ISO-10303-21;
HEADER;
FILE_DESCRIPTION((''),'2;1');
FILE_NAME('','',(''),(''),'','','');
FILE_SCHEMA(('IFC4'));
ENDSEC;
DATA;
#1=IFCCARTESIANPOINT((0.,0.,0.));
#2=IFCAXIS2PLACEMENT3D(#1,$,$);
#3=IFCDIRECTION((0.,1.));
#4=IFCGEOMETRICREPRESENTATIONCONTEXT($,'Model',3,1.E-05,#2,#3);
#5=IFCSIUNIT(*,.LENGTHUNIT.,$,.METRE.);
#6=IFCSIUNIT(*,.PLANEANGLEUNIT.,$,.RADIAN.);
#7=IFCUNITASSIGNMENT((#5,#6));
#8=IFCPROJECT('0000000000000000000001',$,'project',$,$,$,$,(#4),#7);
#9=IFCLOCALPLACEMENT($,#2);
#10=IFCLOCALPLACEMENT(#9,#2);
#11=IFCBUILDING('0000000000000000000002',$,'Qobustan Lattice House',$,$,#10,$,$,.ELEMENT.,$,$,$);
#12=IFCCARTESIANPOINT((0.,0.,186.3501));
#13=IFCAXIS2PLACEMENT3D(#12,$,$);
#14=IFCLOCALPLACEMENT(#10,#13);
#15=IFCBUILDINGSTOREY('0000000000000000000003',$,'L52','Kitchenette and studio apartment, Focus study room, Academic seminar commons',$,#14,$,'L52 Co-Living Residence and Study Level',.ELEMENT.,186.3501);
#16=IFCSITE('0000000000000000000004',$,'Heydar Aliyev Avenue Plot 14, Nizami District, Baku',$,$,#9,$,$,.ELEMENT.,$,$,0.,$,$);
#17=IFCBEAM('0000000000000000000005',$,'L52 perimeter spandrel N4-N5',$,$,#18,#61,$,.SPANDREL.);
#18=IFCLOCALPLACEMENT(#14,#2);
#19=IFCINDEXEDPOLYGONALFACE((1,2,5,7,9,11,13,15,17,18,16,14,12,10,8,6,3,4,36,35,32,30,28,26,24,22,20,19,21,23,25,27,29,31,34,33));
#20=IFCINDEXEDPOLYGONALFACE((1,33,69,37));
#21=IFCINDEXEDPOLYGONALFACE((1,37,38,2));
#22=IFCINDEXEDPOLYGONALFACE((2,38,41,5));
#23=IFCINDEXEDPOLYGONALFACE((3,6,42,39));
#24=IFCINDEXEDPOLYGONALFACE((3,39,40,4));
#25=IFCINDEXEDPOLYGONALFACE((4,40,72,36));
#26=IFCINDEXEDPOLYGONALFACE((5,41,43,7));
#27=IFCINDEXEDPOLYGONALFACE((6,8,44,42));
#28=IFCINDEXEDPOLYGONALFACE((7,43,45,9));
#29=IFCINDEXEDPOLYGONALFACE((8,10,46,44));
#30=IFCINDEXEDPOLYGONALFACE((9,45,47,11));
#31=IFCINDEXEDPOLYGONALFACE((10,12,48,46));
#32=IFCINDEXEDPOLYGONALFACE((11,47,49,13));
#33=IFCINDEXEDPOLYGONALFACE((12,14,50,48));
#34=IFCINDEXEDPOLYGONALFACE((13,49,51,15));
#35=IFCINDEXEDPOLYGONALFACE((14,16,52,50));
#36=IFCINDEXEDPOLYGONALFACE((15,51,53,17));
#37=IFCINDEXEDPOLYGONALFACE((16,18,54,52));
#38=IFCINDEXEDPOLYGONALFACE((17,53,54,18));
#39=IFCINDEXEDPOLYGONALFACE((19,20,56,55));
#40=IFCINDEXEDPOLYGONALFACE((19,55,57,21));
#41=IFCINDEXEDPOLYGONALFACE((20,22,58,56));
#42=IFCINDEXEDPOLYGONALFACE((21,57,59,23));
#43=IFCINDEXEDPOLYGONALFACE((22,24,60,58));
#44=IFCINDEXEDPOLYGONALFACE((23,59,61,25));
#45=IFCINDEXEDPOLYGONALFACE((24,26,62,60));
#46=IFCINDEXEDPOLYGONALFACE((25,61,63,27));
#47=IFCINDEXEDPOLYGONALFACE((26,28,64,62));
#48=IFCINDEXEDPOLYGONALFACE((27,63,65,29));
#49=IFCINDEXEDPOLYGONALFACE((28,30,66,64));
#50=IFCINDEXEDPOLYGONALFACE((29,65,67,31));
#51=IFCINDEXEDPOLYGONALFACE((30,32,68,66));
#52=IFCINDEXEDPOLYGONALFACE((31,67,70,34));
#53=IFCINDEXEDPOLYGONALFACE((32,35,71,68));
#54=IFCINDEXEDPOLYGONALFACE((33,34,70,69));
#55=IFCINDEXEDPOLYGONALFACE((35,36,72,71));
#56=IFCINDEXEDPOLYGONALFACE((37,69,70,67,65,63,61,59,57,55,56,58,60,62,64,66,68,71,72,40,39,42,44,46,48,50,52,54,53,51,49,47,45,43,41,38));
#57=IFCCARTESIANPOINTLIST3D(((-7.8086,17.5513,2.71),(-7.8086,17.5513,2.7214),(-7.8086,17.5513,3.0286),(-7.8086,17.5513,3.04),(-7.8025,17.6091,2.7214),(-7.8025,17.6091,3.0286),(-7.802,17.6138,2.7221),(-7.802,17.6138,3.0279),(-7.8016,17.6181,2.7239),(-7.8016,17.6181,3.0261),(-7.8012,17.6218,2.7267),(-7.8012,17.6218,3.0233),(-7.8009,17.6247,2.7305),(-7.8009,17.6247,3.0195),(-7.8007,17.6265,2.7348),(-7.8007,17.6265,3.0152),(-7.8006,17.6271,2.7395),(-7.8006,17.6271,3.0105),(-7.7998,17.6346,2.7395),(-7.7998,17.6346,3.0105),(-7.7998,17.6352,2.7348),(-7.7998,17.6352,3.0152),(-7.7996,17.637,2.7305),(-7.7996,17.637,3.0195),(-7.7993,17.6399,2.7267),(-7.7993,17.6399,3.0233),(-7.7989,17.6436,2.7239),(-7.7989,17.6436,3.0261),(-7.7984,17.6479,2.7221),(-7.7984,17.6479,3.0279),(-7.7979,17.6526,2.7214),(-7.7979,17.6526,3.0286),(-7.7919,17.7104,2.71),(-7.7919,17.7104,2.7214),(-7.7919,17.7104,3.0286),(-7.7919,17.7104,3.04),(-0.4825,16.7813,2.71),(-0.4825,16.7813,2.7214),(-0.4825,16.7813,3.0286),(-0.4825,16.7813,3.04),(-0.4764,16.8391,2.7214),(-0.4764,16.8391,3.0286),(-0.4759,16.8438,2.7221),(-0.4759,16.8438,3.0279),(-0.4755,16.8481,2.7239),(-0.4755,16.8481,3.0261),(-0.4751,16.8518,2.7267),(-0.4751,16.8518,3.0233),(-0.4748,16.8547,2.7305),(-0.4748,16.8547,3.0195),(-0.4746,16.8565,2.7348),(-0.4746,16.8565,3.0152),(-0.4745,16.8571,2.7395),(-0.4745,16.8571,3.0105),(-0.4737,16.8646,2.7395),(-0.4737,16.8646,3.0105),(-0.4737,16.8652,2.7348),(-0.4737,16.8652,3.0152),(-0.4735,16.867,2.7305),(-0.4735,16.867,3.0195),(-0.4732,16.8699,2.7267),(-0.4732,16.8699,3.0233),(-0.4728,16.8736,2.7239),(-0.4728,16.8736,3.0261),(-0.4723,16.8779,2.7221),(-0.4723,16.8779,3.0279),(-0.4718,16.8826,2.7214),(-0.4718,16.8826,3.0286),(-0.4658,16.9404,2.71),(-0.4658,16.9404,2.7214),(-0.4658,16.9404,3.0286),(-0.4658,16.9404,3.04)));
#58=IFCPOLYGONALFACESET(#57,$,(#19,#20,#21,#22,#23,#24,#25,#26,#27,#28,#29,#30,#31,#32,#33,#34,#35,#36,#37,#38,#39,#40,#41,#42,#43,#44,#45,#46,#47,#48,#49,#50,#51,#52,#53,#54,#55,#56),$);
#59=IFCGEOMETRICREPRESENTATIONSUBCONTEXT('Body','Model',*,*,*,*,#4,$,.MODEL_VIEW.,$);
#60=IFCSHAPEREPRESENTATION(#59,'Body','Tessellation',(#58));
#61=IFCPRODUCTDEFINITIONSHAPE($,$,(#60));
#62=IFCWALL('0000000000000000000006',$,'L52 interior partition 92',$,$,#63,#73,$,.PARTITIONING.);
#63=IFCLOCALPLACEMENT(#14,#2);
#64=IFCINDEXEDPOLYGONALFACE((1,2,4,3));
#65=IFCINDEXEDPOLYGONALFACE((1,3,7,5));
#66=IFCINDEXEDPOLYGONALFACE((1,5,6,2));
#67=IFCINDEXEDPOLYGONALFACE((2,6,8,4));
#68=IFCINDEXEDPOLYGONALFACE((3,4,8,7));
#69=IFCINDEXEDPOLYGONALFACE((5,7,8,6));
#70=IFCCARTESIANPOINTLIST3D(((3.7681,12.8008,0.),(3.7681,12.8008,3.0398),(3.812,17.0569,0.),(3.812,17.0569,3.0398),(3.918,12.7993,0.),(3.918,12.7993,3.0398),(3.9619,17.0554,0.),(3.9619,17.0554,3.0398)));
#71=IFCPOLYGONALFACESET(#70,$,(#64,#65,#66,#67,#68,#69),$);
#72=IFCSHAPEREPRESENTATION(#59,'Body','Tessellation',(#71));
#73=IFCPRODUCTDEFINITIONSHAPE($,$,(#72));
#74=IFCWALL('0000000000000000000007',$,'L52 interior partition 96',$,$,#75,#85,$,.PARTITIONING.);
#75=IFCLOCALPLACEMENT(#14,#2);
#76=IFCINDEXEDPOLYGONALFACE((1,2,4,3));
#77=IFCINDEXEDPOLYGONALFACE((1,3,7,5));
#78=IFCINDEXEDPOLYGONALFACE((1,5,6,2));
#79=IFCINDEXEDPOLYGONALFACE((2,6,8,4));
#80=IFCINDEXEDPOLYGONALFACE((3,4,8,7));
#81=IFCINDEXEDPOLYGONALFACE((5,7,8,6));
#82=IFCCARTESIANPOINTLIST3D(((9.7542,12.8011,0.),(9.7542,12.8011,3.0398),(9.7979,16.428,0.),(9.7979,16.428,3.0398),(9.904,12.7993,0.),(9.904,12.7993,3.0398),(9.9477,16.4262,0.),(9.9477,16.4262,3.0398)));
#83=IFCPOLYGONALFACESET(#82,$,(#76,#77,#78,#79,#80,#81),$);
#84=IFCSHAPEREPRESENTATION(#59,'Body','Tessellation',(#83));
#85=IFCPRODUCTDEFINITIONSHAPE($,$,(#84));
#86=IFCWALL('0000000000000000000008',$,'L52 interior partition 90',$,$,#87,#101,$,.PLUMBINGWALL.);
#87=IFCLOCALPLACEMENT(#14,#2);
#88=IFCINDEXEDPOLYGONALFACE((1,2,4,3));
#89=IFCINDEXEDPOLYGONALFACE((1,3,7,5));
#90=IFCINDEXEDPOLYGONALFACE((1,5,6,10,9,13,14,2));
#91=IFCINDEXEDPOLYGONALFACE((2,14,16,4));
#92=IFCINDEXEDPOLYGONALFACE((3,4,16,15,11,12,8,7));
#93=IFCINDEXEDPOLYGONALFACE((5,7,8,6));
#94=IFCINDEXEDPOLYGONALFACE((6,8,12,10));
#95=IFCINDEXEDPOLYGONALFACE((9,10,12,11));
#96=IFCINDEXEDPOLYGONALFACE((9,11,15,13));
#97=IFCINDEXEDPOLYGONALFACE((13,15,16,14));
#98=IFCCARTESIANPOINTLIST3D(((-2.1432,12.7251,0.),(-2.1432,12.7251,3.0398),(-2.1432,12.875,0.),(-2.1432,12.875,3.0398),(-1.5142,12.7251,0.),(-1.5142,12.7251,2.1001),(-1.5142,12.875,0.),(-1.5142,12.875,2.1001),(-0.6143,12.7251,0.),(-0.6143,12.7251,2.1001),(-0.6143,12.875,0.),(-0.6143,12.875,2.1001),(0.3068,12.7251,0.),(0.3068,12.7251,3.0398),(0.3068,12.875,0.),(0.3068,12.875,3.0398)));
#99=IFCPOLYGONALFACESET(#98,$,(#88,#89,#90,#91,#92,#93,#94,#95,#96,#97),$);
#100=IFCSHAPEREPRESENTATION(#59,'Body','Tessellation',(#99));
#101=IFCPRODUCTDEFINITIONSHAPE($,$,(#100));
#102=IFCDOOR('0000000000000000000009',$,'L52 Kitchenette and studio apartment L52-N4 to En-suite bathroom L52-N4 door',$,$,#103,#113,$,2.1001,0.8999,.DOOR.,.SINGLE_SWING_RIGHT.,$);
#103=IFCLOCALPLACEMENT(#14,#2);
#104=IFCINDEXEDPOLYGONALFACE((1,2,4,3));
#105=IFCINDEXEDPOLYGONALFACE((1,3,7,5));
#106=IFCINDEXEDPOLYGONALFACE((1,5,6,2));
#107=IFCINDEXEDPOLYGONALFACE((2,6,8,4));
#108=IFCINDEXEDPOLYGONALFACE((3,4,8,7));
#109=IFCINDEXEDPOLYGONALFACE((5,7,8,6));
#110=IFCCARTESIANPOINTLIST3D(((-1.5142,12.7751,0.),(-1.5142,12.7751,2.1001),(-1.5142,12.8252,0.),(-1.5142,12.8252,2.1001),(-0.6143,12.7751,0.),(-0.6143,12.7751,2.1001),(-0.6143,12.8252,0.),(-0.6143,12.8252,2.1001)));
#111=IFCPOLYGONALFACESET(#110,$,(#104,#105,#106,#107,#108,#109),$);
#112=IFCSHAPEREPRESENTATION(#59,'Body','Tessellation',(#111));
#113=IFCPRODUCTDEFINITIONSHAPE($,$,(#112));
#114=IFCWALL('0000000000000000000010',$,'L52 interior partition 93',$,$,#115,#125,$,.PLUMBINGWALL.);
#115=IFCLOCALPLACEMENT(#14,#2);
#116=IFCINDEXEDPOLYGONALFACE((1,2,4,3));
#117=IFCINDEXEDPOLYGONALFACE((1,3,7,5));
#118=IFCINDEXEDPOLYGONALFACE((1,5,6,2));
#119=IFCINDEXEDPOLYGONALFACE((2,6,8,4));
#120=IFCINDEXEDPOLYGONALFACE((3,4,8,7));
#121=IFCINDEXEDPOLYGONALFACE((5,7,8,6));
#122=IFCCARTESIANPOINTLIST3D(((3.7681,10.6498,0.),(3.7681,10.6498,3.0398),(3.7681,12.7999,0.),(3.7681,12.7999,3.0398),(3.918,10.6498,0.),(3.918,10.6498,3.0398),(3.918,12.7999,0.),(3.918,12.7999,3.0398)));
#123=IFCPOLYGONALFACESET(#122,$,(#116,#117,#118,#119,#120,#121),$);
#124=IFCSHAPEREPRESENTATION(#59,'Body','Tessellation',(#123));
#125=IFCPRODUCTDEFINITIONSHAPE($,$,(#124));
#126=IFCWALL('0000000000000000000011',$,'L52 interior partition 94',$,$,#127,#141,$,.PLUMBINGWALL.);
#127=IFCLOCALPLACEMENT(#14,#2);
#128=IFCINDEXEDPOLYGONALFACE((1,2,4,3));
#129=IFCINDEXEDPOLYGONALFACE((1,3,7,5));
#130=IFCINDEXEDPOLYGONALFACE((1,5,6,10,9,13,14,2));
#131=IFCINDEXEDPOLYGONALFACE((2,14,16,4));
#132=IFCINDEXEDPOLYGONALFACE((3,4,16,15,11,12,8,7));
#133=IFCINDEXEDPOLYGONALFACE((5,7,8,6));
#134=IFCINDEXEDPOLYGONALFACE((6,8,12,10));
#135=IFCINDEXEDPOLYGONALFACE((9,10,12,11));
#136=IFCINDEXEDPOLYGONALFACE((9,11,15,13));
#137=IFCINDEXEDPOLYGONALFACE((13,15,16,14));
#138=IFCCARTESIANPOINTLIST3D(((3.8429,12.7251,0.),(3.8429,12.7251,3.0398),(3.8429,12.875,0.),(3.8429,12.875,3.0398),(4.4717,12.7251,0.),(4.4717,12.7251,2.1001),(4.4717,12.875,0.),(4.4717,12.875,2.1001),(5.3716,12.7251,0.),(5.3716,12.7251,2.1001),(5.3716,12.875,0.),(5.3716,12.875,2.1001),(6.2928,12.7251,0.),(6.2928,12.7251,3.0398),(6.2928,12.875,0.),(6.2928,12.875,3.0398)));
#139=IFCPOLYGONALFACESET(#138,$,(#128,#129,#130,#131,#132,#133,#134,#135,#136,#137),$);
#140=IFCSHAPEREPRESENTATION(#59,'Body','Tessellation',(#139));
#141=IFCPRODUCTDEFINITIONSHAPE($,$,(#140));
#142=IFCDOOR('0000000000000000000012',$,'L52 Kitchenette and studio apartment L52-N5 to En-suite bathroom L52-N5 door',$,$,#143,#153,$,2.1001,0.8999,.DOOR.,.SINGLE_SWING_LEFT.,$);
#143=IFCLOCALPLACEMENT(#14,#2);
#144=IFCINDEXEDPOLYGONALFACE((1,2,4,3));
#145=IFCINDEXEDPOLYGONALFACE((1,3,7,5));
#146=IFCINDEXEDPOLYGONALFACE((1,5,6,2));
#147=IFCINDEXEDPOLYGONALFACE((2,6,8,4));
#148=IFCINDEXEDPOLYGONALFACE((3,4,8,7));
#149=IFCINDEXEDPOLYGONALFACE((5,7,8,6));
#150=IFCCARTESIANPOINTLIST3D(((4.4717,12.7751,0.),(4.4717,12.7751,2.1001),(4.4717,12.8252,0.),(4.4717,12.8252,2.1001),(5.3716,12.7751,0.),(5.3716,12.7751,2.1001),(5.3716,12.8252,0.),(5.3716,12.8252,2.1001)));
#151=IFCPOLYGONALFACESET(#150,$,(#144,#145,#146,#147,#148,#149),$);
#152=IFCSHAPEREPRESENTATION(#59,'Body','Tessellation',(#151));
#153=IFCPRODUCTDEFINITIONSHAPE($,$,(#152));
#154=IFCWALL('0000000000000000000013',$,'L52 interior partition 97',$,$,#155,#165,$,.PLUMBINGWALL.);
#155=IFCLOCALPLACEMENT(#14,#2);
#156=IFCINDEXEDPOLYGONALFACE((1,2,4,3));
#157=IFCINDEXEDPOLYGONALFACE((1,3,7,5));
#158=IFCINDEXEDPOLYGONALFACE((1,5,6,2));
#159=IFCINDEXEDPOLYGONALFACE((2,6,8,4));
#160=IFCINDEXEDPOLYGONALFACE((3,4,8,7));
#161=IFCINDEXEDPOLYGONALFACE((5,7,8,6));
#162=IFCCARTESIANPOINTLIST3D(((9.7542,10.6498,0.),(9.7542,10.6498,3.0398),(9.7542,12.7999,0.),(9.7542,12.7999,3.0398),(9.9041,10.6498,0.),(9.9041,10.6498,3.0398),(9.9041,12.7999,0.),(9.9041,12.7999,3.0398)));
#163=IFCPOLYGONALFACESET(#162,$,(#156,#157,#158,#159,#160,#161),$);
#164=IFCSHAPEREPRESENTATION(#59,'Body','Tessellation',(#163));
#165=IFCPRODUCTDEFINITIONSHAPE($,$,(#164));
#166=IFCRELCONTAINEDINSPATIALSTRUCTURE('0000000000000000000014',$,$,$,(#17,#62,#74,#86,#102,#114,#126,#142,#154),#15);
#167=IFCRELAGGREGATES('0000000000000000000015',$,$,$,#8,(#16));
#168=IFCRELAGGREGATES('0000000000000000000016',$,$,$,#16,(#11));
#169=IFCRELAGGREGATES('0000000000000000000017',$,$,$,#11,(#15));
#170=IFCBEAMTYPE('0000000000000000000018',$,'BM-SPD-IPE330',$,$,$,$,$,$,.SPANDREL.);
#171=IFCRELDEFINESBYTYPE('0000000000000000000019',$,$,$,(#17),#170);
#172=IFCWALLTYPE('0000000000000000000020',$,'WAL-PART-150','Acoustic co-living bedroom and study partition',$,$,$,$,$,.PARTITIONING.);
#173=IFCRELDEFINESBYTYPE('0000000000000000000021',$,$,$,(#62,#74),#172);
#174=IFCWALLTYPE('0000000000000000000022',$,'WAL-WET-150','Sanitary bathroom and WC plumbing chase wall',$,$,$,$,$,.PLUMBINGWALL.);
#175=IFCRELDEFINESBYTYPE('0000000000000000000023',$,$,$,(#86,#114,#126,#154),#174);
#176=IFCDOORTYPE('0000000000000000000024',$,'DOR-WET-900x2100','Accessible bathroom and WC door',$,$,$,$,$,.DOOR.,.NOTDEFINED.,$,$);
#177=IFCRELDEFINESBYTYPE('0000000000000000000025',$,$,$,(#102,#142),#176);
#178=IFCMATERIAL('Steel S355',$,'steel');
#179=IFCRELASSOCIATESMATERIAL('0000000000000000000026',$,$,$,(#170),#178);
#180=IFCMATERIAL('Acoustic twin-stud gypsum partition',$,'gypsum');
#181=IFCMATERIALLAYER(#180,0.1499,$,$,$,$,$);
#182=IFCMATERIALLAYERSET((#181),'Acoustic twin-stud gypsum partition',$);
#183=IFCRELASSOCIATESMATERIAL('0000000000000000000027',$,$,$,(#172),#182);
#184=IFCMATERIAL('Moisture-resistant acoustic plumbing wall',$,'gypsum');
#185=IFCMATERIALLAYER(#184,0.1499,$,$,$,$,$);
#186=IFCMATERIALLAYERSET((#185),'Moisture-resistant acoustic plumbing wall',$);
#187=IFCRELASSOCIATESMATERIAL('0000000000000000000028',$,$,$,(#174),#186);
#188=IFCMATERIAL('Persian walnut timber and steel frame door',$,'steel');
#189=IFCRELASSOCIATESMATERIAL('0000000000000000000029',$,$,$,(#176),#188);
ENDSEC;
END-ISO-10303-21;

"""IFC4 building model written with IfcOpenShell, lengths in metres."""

from ifc_helpers import new_model, si_unit, direction, frame, frame_2d, origin, origin_2d, place, context, subcontext, project, spatial, rectangle, i_section, extrude, material, layer, layer_set, material_profile, profile_set, type_object, element, fill, save


model = new_model("IFC4")

# Units and contexts
model_context = context("Model", 3, precision=1e-05, world=origin(), true_north=direction((0.0, 1.0)))
body_context = subcontext(model_context, "Body", "Model", "MODEL_VIEW")
ifc_project = project(units=[si_unit("LENGTHUNIT", "METRE"), si_unit("PLANEANGLEUNIT", "RADIAN")], contexts=[model_context])

# Site, building, storey
site_placement = place(None, origin())
site = spatial("IfcSite", under=ifc_project, at=site_placement, Name="Heydar Aliyev Avenue Plot 14, Nizami District, Baku", CompositionType="ELEMENT", RefElevation=0.0)
building_placement = place(site_placement, origin())
building = spatial("IfcBuilding", under=site, at=building_placement, Name="Qobustan Lattice House", CompositionType="ELEMENT")
storey_placement = place(building_placement, frame((0.0, 0.0, 186.3501)))
storey = spatial("IfcBuildingStorey", under=building, at=storey_placement, Name="L52", Description="Kitchenette and studio apartment, Focus study room, Academic seminar commons", LongName="L52 Co-Living Residence and Study Level", CompositionType="ELEMENT", Elevation=186.3501)

# Beam
ifc_material_1 = material(Name="Steel S355", Category="steel")
ifc_material_profile_1 = material_profile(ifc_material_1, i_section(OverallWidth=0.1599, OverallDepth=0.3301, WebThickness=0.0076, FlangeThickness=0.0115, FilletRadius=0.0181, at=origin_2d()), Name="IPE330")
ifc_profile_set_1 = profile_set([ifc_material_profile_1], Name="Steel S355")
beam_type_1 = type_object("IfcBeamType", Name="BM-SPD-IPE330", PredefinedType="SPANDREL", material=ifc_profile_set_1)
beam_1_placement = place(storey_placement, frame((-0.4741, 16.8608, 2.875), z_axis=(-0.994522, 0.10453, 0.0), x_axis=(-0.10453, -0.994522, 0.0)))
element("IfcBeam", 1, at=beam_1_placement, inside=storey, type_object=beam_type_1, Name="L52 perimeter spandrel N4-N5", PredefinedType="SPANDREL", context=body_context, shape_type="SweptSolid", body=[
    extrude(i_section(OverallWidth=0.1599, OverallDepth=0.3301, WebThickness=0.0076, FlangeThickness=0.0115, FilletRadius=0.0181, at=origin_2d()), origin(), (0.0, 0.0, 1.0), 7.3665),
])

# Walls
ifc_material_2 = material(Name="Acoustic twin-stud gypsum partition", Category="gypsum")
ifc_layer_1 = layer(ifc_material_2, 0.1499)
ifc_layer_set_1 = layer_set([ifc_layer_1], Name="Acoustic twin-stud gypsum partition")
wall_type_1 = type_object("IfcWallType", Name="WAL-PART-150", Description="Acoustic co-living bedroom and study partition", PredefinedType="PARTITIONING", material=ifc_layer_set_1)
wall_1_placement = place(storey_placement, frame((3.887, 17.0562, 0.0), z_axis=(0.0, 0.0, 1.0), x_axis=(-0.010325, -0.999947, 0.0)))
element("IfcWall", 2, at=wall_1_placement, inside=storey, type_object=wall_type_1, Name="L52 interior partition 92", PredefinedType="PARTITIONING", context=body_context, shape_type="SweptSolid", body=[
    extrude(rectangle(XDim=4.2563, YDim=0.1499, at=frame_2d((2.1282, 0.0))), origin(), (0.0, 0.0, 1.0), 3.0398),
])
wall_2_placement = place(storey_placement, frame((9.8728, 16.427, 0.0), z_axis=(0.0, 0.0, 1.0), x_axis=(-0.012048, -0.999927, 0.0)))
element("IfcWall", 3, at=wall_2_placement, inside=storey, type_object=wall_type_1, Name="L52 interior partition 96", PredefinedType="PARTITIONING", context=body_context, shape_type="SweptSolid", body=[
    extrude(rectangle(XDim=3.6272, YDim=0.1499, at=frame_2d((1.8135, 0.0))), origin(), (0.0, 0.0, 1.0), 3.0398),
])

# Wall, opening, door
ifc_material_3 = material(Name="Moisture-resistant acoustic plumbing wall", Category="gypsum")
ifc_layer_2 = layer(ifc_material_3, 0.1499)
ifc_layer_set_2 = layer_set([ifc_layer_2], Name="Moisture-resistant acoustic plumbing wall")
wall_type_2 = type_object("IfcWallType", Name="WAL-WET-150", Description="Sanitary bathroom and WC plumbing chase wall", PredefinedType="PLUMBINGWALL", material=ifc_layer_set_2)
wall_3_placement = place(storey_placement, frame((0.3069, 12.8, 0.0), z_axis=(0.0, 0.0, 1.0), x_axis=(-1.0, 0.0, 0.0)))
wall_3 = element("IfcWall", 4, at=wall_3_placement, inside=storey, type_object=wall_type_2, Name="L52 interior partition 90", PredefinedType="PLUMBINGWALL", context=body_context, shape_type="SweptSolid", body=[
    extrude(rectangle(XDim=2.45, YDim=0.1499, at=frame_2d((1.2251, 0.0))), origin(), (0.0, 0.0, 1.0), 3.0398),
])
opening_1_placement = place(wall_3_placement, frame((0.9211, 0.0, 0.0)))
opening_1 = element("IfcOpeningElement", 5, at=opening_1_placement, cuts=wall_3, PredefinedType="OPENING", context=body_context, shape_type="SweptSolid", body=[
    extrude(rectangle(XDim=0.8999, YDim=2.1001, at=frame_2d((0.45, 1.05))), frame((0.0, 0.085, 0.0), z_axis=(0.0, -1.0, 0.0), x_axis=(1.0, 0.0, 0.0)), (0.0, 0.0, 1.0), 0.1699),
])
ifc_material_4 = material(Name="Persian walnut timber and steel frame door", Category="steel")
door_type = type_object("IfcDoorType", Name="DOR-WET-900x2100", Description="Accessible bathroom and WC door", OperationType="NOTDEFINED", PredefinedType="DOOR", material=ifc_material_4)
door_1_placement = place(opening_1_placement, origin())
door_1 = element("IfcDoor", 6, at=door_1_placement, inside=storey, type_object=door_type, Name="L52 Kitchenette and studio apartment L52-N4 to En-suite bathroom L52-N4 door", OperationType="SINGLE_SWING_RIGHT", OverallHeight=2.1001, OverallWidth=0.8999, PredefinedType="DOOR", context=body_context, shape_type="SweptSolid", body=[
    extrude(rectangle(XDim=0.8999, YDim=2.1001, at=frame_2d((0.45, 1.05))), frame((0.0, 0.0249, 0.0), z_axis=(0.0, -1.0, 0.0), x_axis=(1.0, 0.0, 0.0)), (0.0, 0.0, 1.0), 0.05),
])
fill(opening_1, door_1)

# Wall
wall_4_placement = place(storey_placement, frame((3.843, 12.8, 0.0), z_axis=(0.0, 0.0, 1.0), x_axis=(0.0, -1.0, 0.0)))
element("IfcWall", 7, at=wall_4_placement, inside=storey, type_object=wall_type_2, Name="L52 interior partition 93", PredefinedType="PLUMBINGWALL", context=body_context, shape_type="SweptSolid", body=[
    extrude(rectangle(XDim=2.1501, YDim=0.1499, at=frame_2d((1.0752, 0.0))), origin(), (0.0, 0.0, 1.0), 3.0398),
])

# Wall, opening, door
wall_5_placement = place(storey_placement, frame((6.293, 12.8, 0.0), z_axis=(0.0, 0.0, 1.0), x_axis=(-1.0, 0.0, 0.0)))
wall_5 = element("IfcWall", 8, at=wall_5_placement, inside=storey, type_object=wall_type_2, Name="L52 interior partition 94", PredefinedType="PLUMBINGWALL", context=body_context, shape_type="SweptSolid", body=[
    extrude(rectangle(XDim=2.45, YDim=0.1499, at=frame_2d((1.2251, 0.0))), origin(), (0.0, 0.0, 1.0), 3.0398),
])
opening_2_placement = place(wall_5_placement, frame((0.9214, 0.0, 0.0)))
opening_2 = element("IfcOpeningElement", 9, at=opening_2_placement, cuts=wall_5, PredefinedType="OPENING", context=body_context, shape_type="SweptSolid", body=[
    extrude(rectangle(XDim=0.8999, YDim=2.1001, at=frame_2d((0.45, 1.05))), frame((0.0, 0.085, 0.0), z_axis=(0.0, -1.0, 0.0), x_axis=(1.0, 0.0, 0.0)), (0.0, 0.0, 1.0), 0.1699),
])
door_2_placement = place(opening_2_placement, origin())
door_2 = element("IfcDoor", 10, at=door_2_placement, inside=storey, type_object=door_type, Name="L52 Kitchenette and studio apartment L52-N5 to En-suite bathroom L52-N5 door", OperationType="SINGLE_SWING_LEFT", OverallHeight=2.1001, OverallWidth=0.8999, PredefinedType="DOOR", context=body_context, shape_type="SweptSolid", body=[
    extrude(rectangle(XDim=0.8999, YDim=2.1001, at=frame_2d((0.45, 1.05))), frame((0.0, 0.0249, 0.0), z_axis=(0.0, -1.0, 0.0), x_axis=(1.0, 0.0, 0.0)), (0.0, 0.0, 1.0), 0.05),
])
fill(opening_2, door_2)

# Wall
wall_6_placement = place(storey_placement, frame((9.8291, 12.8, 0.0), z_axis=(0.0, 0.0, 1.0), x_axis=(0.0, -1.0, 0.0)))
element("IfcWall", 11, at=wall_6_placement, inside=storey, type_object=wall_type_2, Name="L52 interior partition 97", PredefinedType="PLUMBINGWALL", context=body_context, shape_type="SweptSolid", body=[
    extrude(rectangle(XDim=2.1501, YDim=0.1499, at=frame_2d((1.0752, 0.0))), origin(), (0.0, 0.0, 1.0), 3.0398),
])

save(model, "model.ifc")
